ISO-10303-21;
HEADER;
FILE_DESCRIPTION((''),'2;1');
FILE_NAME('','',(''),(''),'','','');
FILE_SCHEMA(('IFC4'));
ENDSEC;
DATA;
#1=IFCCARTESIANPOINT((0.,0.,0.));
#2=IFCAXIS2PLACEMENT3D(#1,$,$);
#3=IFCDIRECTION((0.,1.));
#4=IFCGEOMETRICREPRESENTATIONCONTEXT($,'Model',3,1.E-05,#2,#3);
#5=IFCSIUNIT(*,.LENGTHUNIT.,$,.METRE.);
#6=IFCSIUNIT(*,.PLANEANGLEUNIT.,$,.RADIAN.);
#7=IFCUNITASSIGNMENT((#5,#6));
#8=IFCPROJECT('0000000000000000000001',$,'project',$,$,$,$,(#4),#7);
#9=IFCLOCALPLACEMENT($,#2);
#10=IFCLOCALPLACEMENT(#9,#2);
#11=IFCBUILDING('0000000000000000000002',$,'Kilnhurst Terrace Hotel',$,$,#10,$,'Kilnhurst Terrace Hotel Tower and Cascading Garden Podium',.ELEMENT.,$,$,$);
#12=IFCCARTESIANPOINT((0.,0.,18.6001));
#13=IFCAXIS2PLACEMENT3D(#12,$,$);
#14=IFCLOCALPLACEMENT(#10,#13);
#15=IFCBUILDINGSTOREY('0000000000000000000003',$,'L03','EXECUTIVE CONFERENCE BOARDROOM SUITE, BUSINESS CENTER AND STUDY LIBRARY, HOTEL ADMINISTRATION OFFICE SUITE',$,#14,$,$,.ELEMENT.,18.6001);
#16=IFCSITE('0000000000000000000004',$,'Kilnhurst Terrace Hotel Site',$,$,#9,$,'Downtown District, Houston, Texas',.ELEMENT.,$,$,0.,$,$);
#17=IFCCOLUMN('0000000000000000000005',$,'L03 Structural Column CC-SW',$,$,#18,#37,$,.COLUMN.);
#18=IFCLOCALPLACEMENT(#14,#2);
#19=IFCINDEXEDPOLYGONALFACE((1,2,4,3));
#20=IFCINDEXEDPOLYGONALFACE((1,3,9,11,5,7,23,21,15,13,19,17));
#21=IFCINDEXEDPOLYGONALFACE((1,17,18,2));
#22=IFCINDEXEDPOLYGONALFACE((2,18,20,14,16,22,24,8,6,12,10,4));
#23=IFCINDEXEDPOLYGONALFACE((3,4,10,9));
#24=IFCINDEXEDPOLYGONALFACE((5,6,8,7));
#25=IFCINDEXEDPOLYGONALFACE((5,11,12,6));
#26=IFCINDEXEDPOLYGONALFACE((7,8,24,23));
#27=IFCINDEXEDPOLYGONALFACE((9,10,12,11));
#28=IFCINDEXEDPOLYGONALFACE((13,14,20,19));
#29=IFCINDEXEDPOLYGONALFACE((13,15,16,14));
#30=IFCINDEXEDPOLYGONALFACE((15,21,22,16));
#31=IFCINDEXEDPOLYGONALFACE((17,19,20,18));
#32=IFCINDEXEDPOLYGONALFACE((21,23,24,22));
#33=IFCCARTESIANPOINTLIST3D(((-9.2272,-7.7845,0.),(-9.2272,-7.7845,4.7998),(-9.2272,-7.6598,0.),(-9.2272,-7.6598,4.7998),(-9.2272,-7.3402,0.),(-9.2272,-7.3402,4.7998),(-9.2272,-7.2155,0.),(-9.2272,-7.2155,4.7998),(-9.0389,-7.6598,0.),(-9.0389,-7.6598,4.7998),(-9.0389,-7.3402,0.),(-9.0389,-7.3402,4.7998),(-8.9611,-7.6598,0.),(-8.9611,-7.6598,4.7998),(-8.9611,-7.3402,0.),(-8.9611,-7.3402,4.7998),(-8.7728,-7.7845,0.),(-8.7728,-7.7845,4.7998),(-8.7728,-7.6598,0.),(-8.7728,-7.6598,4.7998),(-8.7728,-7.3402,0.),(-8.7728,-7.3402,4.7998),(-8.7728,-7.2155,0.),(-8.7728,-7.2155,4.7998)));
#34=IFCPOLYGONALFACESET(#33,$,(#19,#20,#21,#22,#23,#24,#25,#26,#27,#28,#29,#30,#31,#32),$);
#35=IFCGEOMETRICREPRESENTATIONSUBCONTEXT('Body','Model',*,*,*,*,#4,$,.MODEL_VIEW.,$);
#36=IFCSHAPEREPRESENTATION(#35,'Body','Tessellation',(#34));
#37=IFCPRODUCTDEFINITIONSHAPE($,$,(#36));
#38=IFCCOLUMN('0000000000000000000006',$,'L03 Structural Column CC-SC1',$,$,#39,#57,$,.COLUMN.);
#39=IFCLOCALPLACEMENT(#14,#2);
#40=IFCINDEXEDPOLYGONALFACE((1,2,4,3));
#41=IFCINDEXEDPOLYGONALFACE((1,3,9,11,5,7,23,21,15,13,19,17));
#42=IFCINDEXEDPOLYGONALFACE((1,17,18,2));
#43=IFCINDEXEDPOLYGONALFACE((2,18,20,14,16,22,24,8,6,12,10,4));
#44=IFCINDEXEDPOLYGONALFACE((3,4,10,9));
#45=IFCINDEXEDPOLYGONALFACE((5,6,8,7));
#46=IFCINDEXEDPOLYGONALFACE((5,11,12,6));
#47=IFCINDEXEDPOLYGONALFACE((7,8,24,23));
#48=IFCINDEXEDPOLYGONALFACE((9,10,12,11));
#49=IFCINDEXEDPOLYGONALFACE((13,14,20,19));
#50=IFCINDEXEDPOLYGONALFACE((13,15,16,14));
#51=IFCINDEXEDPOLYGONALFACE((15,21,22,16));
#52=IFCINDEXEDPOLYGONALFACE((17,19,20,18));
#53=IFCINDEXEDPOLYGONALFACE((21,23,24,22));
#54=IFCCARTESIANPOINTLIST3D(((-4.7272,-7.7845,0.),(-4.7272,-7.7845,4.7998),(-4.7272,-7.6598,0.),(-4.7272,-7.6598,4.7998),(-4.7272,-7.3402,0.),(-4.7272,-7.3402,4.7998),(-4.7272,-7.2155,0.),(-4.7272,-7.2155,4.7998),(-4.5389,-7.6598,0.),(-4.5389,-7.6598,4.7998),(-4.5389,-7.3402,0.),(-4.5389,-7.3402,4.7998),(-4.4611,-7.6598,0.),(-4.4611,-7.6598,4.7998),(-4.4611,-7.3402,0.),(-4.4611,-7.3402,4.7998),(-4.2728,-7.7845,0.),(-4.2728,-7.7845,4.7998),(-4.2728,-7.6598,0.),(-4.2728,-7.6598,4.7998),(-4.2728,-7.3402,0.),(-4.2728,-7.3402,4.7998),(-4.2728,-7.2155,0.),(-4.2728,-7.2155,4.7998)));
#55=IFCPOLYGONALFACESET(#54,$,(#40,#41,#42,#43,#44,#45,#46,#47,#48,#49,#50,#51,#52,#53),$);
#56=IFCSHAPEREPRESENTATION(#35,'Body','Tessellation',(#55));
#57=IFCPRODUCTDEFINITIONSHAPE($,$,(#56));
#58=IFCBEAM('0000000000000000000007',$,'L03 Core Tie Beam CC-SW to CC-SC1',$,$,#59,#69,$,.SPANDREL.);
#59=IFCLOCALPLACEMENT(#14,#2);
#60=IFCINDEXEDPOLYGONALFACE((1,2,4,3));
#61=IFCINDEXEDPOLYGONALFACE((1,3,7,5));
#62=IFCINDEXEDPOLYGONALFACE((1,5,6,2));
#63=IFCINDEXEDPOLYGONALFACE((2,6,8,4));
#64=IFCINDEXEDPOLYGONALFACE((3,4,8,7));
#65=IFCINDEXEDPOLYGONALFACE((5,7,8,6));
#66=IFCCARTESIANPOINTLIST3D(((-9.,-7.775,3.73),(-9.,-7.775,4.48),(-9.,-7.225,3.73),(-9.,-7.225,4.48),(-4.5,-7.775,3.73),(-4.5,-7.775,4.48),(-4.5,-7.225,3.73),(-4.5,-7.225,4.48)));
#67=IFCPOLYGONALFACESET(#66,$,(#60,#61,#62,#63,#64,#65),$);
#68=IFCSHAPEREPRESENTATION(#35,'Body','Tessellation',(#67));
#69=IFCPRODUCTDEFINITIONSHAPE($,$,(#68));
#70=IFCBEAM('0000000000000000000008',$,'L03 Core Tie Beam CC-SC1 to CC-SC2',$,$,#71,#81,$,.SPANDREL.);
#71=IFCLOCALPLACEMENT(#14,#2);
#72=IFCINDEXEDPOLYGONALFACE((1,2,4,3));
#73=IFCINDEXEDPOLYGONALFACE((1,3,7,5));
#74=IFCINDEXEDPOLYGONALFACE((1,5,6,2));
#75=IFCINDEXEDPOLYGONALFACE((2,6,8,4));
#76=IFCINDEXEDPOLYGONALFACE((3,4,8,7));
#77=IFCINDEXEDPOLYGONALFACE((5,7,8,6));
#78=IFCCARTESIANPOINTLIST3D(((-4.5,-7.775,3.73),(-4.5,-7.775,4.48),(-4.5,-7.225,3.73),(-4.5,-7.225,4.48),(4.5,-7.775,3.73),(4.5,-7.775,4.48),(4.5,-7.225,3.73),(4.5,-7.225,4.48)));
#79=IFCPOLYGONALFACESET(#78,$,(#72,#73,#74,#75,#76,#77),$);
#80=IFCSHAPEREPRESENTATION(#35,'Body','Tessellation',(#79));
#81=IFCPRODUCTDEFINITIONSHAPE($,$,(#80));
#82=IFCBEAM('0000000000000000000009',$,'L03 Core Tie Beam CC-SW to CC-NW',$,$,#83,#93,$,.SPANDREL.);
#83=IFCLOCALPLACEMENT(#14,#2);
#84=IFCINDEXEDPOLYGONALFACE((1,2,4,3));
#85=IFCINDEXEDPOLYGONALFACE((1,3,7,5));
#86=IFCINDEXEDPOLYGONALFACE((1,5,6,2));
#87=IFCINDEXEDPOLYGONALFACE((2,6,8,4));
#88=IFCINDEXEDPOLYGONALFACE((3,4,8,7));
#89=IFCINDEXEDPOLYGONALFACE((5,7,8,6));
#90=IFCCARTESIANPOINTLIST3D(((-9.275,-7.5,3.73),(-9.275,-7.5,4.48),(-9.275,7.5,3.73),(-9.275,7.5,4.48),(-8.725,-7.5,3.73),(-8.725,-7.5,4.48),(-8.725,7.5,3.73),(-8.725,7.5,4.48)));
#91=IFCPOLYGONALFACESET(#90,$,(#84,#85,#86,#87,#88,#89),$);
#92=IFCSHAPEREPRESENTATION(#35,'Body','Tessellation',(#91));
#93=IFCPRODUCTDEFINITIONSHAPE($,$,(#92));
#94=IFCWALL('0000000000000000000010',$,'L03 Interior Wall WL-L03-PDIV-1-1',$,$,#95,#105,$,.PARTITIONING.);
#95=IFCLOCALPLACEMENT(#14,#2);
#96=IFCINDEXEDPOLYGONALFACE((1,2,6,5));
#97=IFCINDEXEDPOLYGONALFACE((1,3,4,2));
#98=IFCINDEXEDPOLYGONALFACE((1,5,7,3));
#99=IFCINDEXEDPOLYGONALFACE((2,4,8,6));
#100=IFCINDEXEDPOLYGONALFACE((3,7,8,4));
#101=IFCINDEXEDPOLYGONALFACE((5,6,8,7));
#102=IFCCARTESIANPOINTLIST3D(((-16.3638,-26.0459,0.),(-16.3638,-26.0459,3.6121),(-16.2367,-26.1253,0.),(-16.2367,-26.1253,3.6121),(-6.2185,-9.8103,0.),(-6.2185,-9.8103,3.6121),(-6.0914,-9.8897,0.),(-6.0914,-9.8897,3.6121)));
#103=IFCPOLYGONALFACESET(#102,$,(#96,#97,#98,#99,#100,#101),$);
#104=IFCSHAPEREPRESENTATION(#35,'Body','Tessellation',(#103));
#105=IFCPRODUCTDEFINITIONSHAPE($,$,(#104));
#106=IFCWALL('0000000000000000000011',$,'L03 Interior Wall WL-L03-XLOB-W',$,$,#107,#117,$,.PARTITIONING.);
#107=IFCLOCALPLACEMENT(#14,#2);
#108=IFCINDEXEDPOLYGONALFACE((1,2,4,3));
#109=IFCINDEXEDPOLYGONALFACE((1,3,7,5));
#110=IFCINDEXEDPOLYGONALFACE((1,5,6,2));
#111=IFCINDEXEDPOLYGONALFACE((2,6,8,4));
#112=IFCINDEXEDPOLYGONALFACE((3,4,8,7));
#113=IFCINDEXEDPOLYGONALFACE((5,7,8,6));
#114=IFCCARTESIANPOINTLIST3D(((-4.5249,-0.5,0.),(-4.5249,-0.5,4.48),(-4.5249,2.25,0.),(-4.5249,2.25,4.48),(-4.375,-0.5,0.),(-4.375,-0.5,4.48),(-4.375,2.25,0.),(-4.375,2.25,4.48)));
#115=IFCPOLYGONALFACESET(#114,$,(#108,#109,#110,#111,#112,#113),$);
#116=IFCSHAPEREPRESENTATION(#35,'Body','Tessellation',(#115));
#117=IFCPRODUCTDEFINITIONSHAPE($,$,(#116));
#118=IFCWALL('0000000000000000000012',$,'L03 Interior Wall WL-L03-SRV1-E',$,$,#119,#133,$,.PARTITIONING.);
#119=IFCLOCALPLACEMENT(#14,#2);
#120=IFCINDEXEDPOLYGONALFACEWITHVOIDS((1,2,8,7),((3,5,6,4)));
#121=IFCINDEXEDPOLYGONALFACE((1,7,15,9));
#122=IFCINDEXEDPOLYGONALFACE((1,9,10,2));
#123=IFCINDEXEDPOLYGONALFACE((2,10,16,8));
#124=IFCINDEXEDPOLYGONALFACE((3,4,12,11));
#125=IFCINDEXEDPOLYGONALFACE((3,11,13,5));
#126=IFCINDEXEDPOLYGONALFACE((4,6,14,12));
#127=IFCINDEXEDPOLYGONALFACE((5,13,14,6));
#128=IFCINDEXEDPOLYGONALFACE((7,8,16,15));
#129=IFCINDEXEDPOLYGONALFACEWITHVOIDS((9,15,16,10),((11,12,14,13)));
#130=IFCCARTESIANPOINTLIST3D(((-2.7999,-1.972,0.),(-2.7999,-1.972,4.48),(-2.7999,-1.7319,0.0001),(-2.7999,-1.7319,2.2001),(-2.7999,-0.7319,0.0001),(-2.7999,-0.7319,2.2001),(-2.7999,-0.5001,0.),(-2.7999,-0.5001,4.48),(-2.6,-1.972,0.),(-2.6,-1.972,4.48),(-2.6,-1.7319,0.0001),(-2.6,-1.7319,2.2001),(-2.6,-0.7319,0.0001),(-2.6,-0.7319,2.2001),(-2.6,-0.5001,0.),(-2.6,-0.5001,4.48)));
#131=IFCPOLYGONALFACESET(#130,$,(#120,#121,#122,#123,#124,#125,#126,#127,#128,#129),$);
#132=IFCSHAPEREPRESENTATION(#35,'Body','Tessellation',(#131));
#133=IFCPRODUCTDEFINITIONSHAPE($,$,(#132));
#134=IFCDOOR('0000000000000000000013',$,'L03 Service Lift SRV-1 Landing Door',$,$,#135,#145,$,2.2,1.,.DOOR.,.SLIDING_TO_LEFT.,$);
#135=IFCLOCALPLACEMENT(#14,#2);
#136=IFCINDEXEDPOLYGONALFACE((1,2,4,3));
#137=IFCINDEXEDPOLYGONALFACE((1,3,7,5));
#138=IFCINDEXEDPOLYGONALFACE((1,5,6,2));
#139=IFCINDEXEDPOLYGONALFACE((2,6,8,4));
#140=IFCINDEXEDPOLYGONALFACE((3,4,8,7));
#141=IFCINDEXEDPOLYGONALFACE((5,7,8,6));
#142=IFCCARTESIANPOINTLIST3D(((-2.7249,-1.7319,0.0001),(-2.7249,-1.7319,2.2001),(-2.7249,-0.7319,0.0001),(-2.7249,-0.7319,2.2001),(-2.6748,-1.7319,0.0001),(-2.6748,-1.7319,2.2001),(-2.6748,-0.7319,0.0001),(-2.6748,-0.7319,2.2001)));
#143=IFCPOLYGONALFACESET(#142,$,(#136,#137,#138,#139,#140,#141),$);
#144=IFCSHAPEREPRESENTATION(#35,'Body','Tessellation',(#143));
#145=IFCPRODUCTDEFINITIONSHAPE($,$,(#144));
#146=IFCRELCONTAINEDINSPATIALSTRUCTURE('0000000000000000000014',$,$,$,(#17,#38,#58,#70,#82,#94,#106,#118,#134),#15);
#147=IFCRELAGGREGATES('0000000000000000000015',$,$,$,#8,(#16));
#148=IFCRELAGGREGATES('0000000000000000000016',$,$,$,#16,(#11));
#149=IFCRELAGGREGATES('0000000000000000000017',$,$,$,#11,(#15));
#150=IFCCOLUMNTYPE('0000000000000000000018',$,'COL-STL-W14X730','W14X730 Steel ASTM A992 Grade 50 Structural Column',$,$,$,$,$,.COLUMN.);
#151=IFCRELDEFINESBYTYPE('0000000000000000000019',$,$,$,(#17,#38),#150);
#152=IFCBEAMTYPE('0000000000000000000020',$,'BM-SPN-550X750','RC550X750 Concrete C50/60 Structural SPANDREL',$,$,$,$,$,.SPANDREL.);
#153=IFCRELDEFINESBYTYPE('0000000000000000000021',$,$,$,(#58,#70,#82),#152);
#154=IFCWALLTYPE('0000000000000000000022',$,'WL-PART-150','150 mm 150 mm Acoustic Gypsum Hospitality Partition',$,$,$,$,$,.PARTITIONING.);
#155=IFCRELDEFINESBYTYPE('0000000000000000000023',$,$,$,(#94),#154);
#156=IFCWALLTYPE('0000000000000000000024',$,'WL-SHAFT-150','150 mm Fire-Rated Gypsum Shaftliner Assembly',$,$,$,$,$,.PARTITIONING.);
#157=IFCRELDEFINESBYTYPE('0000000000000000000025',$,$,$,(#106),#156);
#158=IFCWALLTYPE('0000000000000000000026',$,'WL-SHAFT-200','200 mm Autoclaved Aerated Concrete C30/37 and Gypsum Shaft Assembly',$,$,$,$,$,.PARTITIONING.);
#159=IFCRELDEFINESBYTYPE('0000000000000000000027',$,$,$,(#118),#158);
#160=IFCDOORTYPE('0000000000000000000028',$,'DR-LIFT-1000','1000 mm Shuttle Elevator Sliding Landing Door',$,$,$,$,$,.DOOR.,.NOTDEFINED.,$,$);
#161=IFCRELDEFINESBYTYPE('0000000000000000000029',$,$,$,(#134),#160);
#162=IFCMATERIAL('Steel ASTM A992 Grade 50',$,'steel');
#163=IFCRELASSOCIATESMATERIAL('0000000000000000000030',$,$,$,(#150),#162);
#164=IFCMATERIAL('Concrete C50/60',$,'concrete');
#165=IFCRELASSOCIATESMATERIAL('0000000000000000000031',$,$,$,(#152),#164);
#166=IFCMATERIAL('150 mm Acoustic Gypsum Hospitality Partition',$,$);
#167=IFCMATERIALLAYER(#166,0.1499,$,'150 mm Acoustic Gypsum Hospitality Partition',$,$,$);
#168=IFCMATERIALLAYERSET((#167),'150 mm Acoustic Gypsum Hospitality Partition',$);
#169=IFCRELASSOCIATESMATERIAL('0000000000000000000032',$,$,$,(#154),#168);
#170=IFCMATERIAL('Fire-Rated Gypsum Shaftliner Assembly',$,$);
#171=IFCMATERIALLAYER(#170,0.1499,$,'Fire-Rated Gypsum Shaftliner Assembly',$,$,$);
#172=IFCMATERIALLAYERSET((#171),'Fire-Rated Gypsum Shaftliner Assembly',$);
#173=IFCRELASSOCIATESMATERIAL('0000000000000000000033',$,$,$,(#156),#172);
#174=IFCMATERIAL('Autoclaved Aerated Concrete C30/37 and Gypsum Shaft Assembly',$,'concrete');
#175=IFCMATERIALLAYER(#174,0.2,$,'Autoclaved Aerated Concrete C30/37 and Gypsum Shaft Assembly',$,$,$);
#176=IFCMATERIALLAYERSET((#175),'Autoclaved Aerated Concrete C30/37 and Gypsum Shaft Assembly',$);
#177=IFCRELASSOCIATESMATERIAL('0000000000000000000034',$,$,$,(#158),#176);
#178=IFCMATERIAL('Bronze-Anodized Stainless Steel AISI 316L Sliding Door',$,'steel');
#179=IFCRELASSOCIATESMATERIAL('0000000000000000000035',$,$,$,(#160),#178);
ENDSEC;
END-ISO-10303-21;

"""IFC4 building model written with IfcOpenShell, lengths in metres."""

from ifc_helpers import new_model, si_unit, direction, frame, frame_2d, origin, origin_2d, place, context, subcontext, project, spatial, rectangle, i_section, extrude, material, layer, layer_set, material_profile, profile_set, type_object, element, fill, save


model = new_model("IFC4")

# Units and contexts
model_context = context("Model", 3, precision=1e-05, world=origin(), true_north=direction((0.0, 1.0)))
body_context = subcontext(model_context, "Body", "Model", "MODEL_VIEW")
ifc_project = project(units=[si_unit("LENGTHUNIT", "METRE"), si_unit("PLANEANGLEUNIT", "RADIAN")], contexts=[model_context])

# Site, building, storey
site_placement = place(None, origin())
site = spatial("IfcSite", under=ifc_project, at=site_placement, Name="Kilnhurst Terrace Hotel Site", LongName="Downtown District, Houston, Texas", CompositionType="ELEMENT", RefElevation=0.0)
building_placement = place(site_placement, origin())
building = spatial("IfcBuilding", under=site, at=building_placement, Name="Kilnhurst Terrace Hotel", LongName="Kilnhurst Terrace Hotel Tower and Cascading Garden Podium", CompositionType="ELEMENT")
storey_placement = place(building_placement, frame((0.0, 0.0, 18.6001)))
storey = spatial("IfcBuildingStorey", under=building, at=storey_placement, Name="L03", Description="EXECUTIVE CONFERENCE BOARDROOM SUITE, BUSINESS CENTER AND STUDY LIBRARY, HOTEL ADMINISTRATION OFFICE SUITE", CompositionType="ELEMENT", Elevation=18.6001)

# Columns
ifc_material_1 = material(Name="Steel ASTM A992 Grade 50", Category="steel")
ifc_material_profile_1 = material_profile(ifc_material_1, i_section(OverallWidth=0.4543, OverallDepth=0.5691, WebThickness=0.0779, FlangeThickness=0.1248, at=origin_2d()), Name="W14X730")
ifc_profile_set_1 = profile_set([ifc_material_profile_1], Name="Steel ASTM A992 Grade 50")
column_type = type_object("IfcColumnType", Name="COL-STL-W14X730", Description="W14X730 Steel ASTM A992 Grade 50 Structural Column", PredefinedType="COLUMN", material=ifc_profile_set_1)
for number, where, z_axis, x_axis, name in (
    (1, (-9.0, -7.5, 0.0), (0.0, 0.0, 1.0), (1.0, 0.0, 0.0), "L03 Structural Column CC-SW"),
    (2, (-4.5, -7.5, 0.0), (0.0, 0.0, 1.0), (1.0, 0.0, 0.0), "L03 Structural Column CC-SC1"),
):
    element("IfcColumn", number, at=place(storey_placement, frame(where, z_axis=z_axis, x_axis=x_axis)), inside=storey, type_object=column_type, Name=name, PredefinedType="COLUMN", context=body_context, shape_type="SweptSolid", body=[
        extrude(i_section(OverallWidth=0.4543, OverallDepth=0.5691, WebThickness=0.0779, FlangeThickness=0.1248, at=origin_2d()), origin(), (0.0, 0.0, 1.0), 4.7998),
    ])

# Beams
ifc_material_2 = material(Name="Concrete C50/60", Category="concrete")
ifc_material_profile_2 = material_profile(ifc_material_2, rectangle(XDim=0.55, YDim=0.75, at=origin_2d()), Name="RC550X750")
ifc_profile_set_2 = profile_set([ifc_material_profile_2], Name="Concrete C50/60")
beam_type = type_object("IfcBeamType", Name="BM-SPN-550X750", Description="RC550X750 Concrete C50/60 Structural SPANDREL", PredefinedType="SPANDREL", material=ifc_profile_set_2)
beam_1_placement = place(storey_placement, frame((-9.0, -7.5, 4.105), z_axis=(1.0, 0.0, 0.0), x_axis=(0.0, 1.0, 0.0)))
element("IfcBeam", 3, at=beam_1_placement, inside=storey, type_object=beam_type, Name="L03 Core Tie Beam CC-SW to CC-SC1", PredefinedType="SPANDREL", context=body_context, shape_type="SweptSolid", body=[
    extrude(rectangle(XDim=0.55, YDim=0.75, at=origin_2d()), origin(), (0.0, 0.0, 1.0), 4.5),
])
beam_2_placement = place(storey_placement, frame((-4.5, -7.5, 4.105), z_axis=(1.0, 0.0, 0.0), x_axis=(0.0, 1.0, 0.0)))
element("IfcBeam", 4, at=beam_2_placement, inside=storey, type_object=beam_type, Name="L03 Core Tie Beam CC-SC1 to CC-SC2", PredefinedType="SPANDREL", context=body_context, shape_type="SweptSolid", body=[
    extrude(rectangle(XDim=0.55, YDim=0.75, at=origin_2d()), origin(), (0.0, 0.0, 1.0), 9.0),
])
beam_3_placement = place(storey_placement, frame((-9.0, -7.5, 4.105), z_axis=(0.0, 1.0, 0.0), x_axis=(-1.0, 0.0, 0.0)))
element("IfcBeam", 5, at=beam_3_placement, inside=storey, type_object=beam_type, Name="L03 Core Tie Beam CC-SW to CC-NW", PredefinedType="SPANDREL", context=body_context, shape_type="SweptSolid", body=[
    extrude(rectangle(XDim=0.55, YDim=0.75, at=origin_2d()), origin(), (0.0, 0.0, 1.0), 15.0),
])

# Walls
ifc_material_3 = material(Name="150 mm Acoustic Gypsum Hospitality Partition")
ifc_layer_1 = layer(ifc_material_3, 0.1499, Name="150 mm Acoustic Gypsum Hospitality Partition")
ifc_layer_set_1 = layer_set([ifc_layer_1], Name="150 mm Acoustic Gypsum Hospitality Partition")
wall_type_1 = type_object("IfcWallType", Name="WL-PART-150", Description="150 mm 150 mm Acoustic Gypsum Hospitality Partition", PredefinedType="PARTITIONING", material=ifc_layer_set_1)
wall_1_placement = place(storey_placement, frame((-6.155, -9.8501, 0.0), z_axis=(0.0, 0.0, 1.0), x_axis=(-0.529924, -0.848045, 0.0)))
element("IfcWall", 6, at=wall_1_placement, inside=storey, type_object=wall_type_1, Name="L03 Interior Wall WL-L03-PDIV-1-1", PredefinedType="PARTITIONING", context=body_context, shape_type="SweptSolid", body=[
    extrude(rectangle(XDim=19.1448, YDim=0.1499, at=frame_2d((9.5723, 0.0))), origin(), (0.0, 0.0, 1.0), 3.6121),
])
ifc_material_4 = material(Name="Fire-Rated Gypsum Shaftliner Assembly")
ifc_layer_2 = layer(ifc_material_4, 0.1499, Name="Fire-Rated Gypsum Shaftliner Assembly")
ifc_layer_set_2 = layer_set([ifc_layer_2], Name="Fire-Rated Gypsum Shaftliner Assembly")
wall_type_2 = type_object("IfcWallType", Name="WL-SHAFT-150", Description="150 mm Fire-Rated Gypsum Shaftliner Assembly", PredefinedType="PARTITIONING", material=ifc_layer_set_2)
wall_2_placement = place(storey_placement, frame((-4.45, -0.5, 0.0), z_axis=(0.0, 0.0, 1.0), x_axis=(0.0, 1.0, 0.0)))
element("IfcWall", 7, at=wall_2_placement, inside=storey, type_object=wall_type_2, Name="L03 Interior Wall WL-L03-XLOB-W", PredefinedType="PARTITIONING", context=body_context, shape_type="SweptSolid", body=[
    extrude(rectangle(XDim=2.75, YDim=0.1499, at=frame_2d((1.375, 0.0))), origin(), (0.0, 0.0, 1.0), 4.48),
])

# Wall, opening, door
ifc_material_5 = material(Name="Autoclaved Aerated Concrete C30/37 and Gypsum Shaft Assembly", Category="concrete")
ifc_layer_3 = layer(ifc_material_5, 0.2, Name="Autoclaved Aerated Concrete C30/37 and Gypsum Shaft Assembly")
ifc_layer_set_3 = layer_set([ifc_layer_3], Name="Autoclaved Aerated Concrete C30/37 and Gypsum Shaft Assembly")
wall_type_3 = type_object("IfcWallType", Name="WL-SHAFT-200", Description="200 mm Autoclaved Aerated Concrete C30/37 and Gypsum Shaft Assembly", PredefinedType="PARTITIONING", material=ifc_layer_set_3)
wall_3_placement = place(storey_placement, frame((-2.7, -1.9719, 0.0), z_axis=(0.0, 0.0, 1.0), x_axis=(0.0, 1.0, 0.0)))
wall_3 = element("IfcWall", 8, at=wall_3_placement, inside=storey, type_object=wall_type_3, Name="L03 Interior Wall WL-L03-SRV1-E", PredefinedType="PARTITIONING", context=body_context, shape_type="SweptSolid", body=[
    extrude(rectangle(XDim=1.4719, YDim=0.2, at=frame_2d((0.7358, 0.0))), origin(), (0.0, 0.0, 1.0), 4.48),
])
opening_1_placement = place(wall_3_placement, frame((0.24, 0.0, 0.0)))
opening_1 = element("IfcOpeningElement", 9, at=opening_1_placement, cuts=wall_3, PredefinedType="OPENING", context=body_context, shape_type="SweptSolid", body=[
    extrude(rectangle(XDim=1.0, YDim=2.2, at=frame_2d((0.5, 1.1001))), frame((0.0, 0.1099, 0.0), z_axis=(0.0, -1.0, 0.0), x_axis=(1.0, 0.0, 0.0)), (0.0, 0.0, 1.0), 0.22),
])
ifc_material_6 = material(Name="Bronze-Anodized Stainless Steel AISI 316L Sliding Door", Category="steel")
door_type_1 = type_object("IfcDoorType", Name="DR-LIFT-1000", Description="1000 mm Shuttle Elevator Sliding Landing Door", OperationType="NOTDEFINED", PredefinedType="DOOR", material=ifc_material_6)
door_1_placement = place(opening_1_placement, origin())
door_1 = element("IfcDoor", 10, at=door_1_placement, inside=storey, type_object=door_type_1, Name="L03 Service Lift SRV-1 Landing Door", OperationType="SLIDING_TO_LEFT", OverallHeight=2.2, OverallWidth=1.0, PredefinedType="DOOR", context=body_context, shape_type="SweptSolid", body=[
    extrude(rectangle(XDim=1.0, YDim=2.2, at=frame_2d((0.5, 1.1001))), frame((0.0, 0.0249, 0.0), z_axis=(0.0, -1.0, 0.0), x_axis=(1.0, 0.0, 0.0)), (0.0, 0.0, 1.0), 0.05),
])
fill(opening_1, door_1)

save(model, "model.ifc")
